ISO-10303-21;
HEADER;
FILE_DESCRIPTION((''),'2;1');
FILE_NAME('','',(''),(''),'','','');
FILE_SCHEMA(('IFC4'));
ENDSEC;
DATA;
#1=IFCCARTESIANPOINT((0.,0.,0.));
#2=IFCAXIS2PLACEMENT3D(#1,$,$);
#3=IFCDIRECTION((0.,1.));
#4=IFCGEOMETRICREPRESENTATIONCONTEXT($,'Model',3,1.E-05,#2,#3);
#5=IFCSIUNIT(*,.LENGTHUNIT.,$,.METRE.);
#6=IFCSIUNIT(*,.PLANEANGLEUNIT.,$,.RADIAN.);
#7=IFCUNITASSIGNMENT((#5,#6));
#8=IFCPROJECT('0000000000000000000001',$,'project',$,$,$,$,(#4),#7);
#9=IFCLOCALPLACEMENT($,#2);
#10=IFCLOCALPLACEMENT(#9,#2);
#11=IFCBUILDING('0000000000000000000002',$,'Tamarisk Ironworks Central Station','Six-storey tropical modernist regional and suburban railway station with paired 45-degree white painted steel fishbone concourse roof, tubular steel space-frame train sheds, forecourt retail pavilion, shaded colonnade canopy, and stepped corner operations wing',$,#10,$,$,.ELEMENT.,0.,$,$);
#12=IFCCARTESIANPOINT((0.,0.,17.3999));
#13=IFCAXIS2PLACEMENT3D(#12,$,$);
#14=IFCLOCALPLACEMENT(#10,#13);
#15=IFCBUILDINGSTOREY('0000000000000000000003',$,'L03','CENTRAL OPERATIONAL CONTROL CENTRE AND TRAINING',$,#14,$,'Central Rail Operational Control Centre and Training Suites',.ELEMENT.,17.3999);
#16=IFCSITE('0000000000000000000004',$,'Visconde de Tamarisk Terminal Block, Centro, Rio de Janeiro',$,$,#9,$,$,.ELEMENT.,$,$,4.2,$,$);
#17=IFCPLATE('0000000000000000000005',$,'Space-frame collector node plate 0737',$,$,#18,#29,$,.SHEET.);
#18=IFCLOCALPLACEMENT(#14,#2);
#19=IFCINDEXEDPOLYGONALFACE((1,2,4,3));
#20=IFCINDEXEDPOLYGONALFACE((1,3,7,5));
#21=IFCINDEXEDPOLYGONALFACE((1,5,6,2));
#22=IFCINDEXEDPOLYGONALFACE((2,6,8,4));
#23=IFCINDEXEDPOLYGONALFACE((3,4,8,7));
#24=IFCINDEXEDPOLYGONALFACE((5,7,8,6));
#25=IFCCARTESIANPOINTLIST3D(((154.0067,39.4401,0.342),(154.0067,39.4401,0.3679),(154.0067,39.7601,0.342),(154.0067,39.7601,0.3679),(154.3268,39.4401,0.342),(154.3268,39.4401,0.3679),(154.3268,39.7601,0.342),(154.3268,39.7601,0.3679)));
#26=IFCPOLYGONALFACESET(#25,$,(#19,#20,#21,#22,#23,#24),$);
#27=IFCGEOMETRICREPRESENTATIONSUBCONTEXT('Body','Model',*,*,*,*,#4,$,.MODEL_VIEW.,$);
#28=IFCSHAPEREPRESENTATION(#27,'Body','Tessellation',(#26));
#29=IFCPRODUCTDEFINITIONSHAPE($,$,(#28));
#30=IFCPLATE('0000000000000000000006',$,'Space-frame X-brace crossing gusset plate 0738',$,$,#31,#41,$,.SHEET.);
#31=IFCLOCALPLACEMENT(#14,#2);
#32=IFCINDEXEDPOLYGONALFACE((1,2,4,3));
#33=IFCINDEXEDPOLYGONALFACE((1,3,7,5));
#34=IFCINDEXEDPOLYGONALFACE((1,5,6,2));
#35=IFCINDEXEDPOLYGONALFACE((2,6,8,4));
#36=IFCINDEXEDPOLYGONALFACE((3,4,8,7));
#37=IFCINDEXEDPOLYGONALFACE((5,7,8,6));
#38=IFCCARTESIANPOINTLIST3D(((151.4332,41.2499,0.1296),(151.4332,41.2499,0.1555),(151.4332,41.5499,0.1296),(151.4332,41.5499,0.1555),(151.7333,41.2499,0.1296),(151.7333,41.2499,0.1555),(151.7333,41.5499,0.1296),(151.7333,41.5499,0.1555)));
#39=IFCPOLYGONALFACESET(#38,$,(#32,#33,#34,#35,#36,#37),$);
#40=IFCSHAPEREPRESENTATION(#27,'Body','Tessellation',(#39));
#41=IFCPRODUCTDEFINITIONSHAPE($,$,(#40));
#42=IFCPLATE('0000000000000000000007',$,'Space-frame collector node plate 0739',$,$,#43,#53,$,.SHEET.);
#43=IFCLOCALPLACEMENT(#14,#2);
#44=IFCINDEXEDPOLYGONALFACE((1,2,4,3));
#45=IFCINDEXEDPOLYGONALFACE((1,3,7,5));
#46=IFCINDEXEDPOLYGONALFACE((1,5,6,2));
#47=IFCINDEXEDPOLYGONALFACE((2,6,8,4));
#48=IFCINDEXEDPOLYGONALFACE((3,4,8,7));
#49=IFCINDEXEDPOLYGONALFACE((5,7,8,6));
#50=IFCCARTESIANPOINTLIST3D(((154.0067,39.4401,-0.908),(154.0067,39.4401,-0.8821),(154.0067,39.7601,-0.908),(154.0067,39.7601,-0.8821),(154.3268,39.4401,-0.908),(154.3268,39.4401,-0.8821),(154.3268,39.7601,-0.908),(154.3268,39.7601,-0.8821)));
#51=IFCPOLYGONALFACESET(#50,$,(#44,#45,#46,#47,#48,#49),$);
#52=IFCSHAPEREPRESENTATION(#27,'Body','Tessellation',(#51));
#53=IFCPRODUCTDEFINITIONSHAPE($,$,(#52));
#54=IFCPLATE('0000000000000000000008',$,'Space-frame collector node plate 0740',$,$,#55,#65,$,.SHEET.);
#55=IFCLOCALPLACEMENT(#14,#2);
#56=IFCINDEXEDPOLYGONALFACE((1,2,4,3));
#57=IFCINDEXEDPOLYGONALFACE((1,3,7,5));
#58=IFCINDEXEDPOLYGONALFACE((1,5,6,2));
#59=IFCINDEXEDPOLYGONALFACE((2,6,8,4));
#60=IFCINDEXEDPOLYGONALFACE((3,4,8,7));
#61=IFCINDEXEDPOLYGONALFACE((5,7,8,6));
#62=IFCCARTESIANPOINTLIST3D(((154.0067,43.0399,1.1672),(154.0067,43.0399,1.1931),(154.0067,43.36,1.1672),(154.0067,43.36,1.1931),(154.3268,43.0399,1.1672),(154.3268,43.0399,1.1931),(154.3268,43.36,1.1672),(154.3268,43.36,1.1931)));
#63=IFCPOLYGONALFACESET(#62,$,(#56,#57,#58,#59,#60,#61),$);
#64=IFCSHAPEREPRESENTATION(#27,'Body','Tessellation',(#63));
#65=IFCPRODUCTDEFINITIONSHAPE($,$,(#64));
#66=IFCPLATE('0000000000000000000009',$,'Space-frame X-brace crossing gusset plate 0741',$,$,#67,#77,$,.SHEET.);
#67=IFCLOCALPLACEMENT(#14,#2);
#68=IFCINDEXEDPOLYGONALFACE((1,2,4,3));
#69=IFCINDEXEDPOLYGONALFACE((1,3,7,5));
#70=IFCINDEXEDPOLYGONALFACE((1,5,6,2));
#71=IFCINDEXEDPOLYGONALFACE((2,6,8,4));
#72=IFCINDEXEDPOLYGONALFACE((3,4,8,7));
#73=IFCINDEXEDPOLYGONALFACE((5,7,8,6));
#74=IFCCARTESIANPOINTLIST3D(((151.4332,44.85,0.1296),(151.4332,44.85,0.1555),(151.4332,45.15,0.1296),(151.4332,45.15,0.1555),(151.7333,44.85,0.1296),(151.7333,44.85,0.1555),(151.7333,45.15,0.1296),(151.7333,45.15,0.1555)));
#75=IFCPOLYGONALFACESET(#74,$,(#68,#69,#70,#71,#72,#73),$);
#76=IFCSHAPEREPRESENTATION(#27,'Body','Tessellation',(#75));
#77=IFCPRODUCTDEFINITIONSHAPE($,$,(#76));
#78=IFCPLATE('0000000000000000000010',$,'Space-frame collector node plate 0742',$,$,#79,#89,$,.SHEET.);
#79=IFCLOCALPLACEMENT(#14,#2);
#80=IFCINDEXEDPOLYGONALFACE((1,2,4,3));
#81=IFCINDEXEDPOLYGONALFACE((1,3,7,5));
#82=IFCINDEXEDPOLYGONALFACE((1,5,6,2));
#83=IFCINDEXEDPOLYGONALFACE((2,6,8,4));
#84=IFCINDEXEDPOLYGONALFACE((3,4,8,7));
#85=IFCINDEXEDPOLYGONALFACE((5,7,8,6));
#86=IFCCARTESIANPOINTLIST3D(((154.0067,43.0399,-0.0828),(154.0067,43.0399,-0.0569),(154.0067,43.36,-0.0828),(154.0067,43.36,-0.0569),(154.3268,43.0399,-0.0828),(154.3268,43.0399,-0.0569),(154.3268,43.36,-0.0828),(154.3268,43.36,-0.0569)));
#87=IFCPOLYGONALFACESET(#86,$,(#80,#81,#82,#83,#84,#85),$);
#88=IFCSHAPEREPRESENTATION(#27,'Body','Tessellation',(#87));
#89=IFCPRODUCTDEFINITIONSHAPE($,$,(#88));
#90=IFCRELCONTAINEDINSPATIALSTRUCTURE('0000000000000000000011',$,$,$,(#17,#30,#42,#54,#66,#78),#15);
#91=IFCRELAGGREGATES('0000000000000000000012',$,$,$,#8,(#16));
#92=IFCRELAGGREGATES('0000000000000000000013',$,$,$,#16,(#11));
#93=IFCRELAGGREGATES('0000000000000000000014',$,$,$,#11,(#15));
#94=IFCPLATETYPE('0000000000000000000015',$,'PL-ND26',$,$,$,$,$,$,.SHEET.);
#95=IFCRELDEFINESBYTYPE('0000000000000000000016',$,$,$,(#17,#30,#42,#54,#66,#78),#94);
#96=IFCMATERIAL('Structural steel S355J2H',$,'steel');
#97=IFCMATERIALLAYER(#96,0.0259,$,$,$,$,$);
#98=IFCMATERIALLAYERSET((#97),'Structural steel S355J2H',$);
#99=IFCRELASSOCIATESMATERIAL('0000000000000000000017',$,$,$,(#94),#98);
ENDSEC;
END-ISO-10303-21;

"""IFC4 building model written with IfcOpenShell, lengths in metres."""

from ifc_helpers import new_model, si_unit, direction, frame, origin, origin_2d, place, context, subcontext, project, spatial, rectangle, extrude, material, layer, layer_set, type_object, element, save


model = new_model("IFC4")

# Units and contexts
model_context = context("Model", 3, precision=1e-05, world=origin(), true_north=direction((0.0, 1.0)))
body_context = subcontext(model_context, "Body", "Model", "MODEL_VIEW")
ifc_project = project(units=[si_unit("LENGTHUNIT", "METRE"), si_unit("PLANEANGLEUNIT", "RADIAN")], contexts=[model_context])

# Site, building, storey
site_placement = place(None, origin())
site = spatial("IfcSite", under=ifc_project, at=site_placement, Name="Visconde de Tamarisk Terminal Block, Centro, Rio de Janeiro", CompositionType="ELEMENT", RefElevation=4.2)
building_placement = place(site_placement, origin())
building = spatial("IfcBuilding", under=site, at=building_placement, Name="Tamarisk Ironworks Central Station", Description="Six-storey tropical modernist regional and suburban railway station with paired 45-degree white painted steel fishbone concourse roof, tubular steel space-frame train sheds, forecourt retail pavilion, shaded colonnade canopy, and stepped corner operations wing", CompositionType="ELEMENT", ElevationOfRefHeight=0.0)
storey_placement = place(building_placement, frame((0.0, 0.0, 17.3999)))
storey = spatial("IfcBuildingStorey", under=building, at=storey_placement, Name="L03", Description="CENTRAL OPERATIONAL CONTROL CENTRE AND TRAINING", LongName="Central Rail Operational Control Centre and Training Suites", CompositionType="ELEMENT", Elevation=17.3999)

# Shared definitions
ifc_material = material(Name="Structural steel S355J2H", Category="steel")

# Plates
ifc_layer = layer(ifc_material, 0.0259)
ifc_layer_set = layer_set([ifc_layer], Name="Structural steel S355J2H")
plate_type = type_object("IfcPlateType", Name="PL-ND26", PredefinedType="SHEET", material=ifc_layer_set)
for number, where, z_axis, x_axis, name in (
    (1, (154.1667, 39.6001, 0.342), (0.0, 0.0, 1.0), (1.0, 0.0, 0.0), "Space-frame collector node plate 0737"),
):
    element("IfcPlate", number, at=place(storey_placement, frame(where, z_axis=z_axis, x_axis=x_axis)), inside=storey, type_object=plate_type, Name=name, PredefinedType="SHEET", context=body_context, shape_type="SweptSolid", body=[
        extrude(rectangle(XDim=0.3201, YDim=0.3201, at=origin_2d()), origin(), (0.0, 0.0, 1.0), 0.0259),
    ])
plate_1_placement = place(storey_placement, frame((151.5833, 41.3999, 0.1296), z_axis=(0.0, 0.0, 1.0), x_axis=(1.0, 0.0, 0.0)))
element("IfcPlate", 2, at=plate_1_placement, inside=storey, type_object=plate_type, Name="Space-frame X-brace crossing gusset plate 0738", PredefinedType="SHEET", context=body_context, shape_type="SweptSolid", body=[
    extrude(rectangle(XDim=0.3, YDim=0.3, at=origin_2d()), origin(), (0.0, 0.0, 1.0), 0.0259),
])
for number, where, z_axis, x_axis, name in (
    (3, (154.1667, 39.6001, -0.908), (0.0, 0.0, 1.0), (1.0, 0.0, 0.0), "Space-frame collector node plate 0739"),
    (4, (154.1667, 43.2, 1.1672), (0.0, 0.0, 1.0), (1.0, 0.0, 0.0), "Space-frame collector node plate 0740"),
):
    element("IfcPlate", number, at=place(storey_placement, frame(where, z_axis=z_axis, x_axis=x_axis)), inside=storey, type_object=plate_type, Name=name, PredefinedType="SHEET", context=body_context, shape_type="SweptSolid", body=[
        extrude(rectangle(XDim=0.3201, YDim=0.3201, at=origin_2d()), origin(), (0.0, 0.0, 1.0), 0.0259),
    ])
plate_2_placement = place(storey_placement, frame((151.5833, 45.0, 0.1296), z_axis=(0.0, 0.0, 1.0), x_axis=(1.0, 0.0, 0.0)))
element("IfcPlate", 5, at=plate_2_placement, inside=storey, type_object=plate_type, Name="Space-frame X-brace crossing gusset plate 0741", PredefinedType="SHEET", context=body_context, shape_type="SweptSolid", body=[
    extrude(rectangle(XDim=0.3, YDim=0.3, at=origin_2d()), origin(), (0.0, 0.0, 1.0), 0.0259),
])
plate_3_placement = place(storey_placement, frame((154.1667, 43.2, -0.0828), z_axis=(0.0, 0.0, 1.0), x_axis=(1.0, 0.0, 0.0)))
element("IfcPlate", 6, at=plate_3_placement, inside=storey, type_object=plate_type, Name="Space-frame collector node plate 0742", PredefinedType="SHEET", context=body_context, shape_type="SweptSolid", body=[
    extrude(rectangle(XDim=0.3201, YDim=0.3201, at=origin_2d()), origin(), (0.0, 0.0, 1.0), 0.0259),
])

save(model, "model.ifc")
